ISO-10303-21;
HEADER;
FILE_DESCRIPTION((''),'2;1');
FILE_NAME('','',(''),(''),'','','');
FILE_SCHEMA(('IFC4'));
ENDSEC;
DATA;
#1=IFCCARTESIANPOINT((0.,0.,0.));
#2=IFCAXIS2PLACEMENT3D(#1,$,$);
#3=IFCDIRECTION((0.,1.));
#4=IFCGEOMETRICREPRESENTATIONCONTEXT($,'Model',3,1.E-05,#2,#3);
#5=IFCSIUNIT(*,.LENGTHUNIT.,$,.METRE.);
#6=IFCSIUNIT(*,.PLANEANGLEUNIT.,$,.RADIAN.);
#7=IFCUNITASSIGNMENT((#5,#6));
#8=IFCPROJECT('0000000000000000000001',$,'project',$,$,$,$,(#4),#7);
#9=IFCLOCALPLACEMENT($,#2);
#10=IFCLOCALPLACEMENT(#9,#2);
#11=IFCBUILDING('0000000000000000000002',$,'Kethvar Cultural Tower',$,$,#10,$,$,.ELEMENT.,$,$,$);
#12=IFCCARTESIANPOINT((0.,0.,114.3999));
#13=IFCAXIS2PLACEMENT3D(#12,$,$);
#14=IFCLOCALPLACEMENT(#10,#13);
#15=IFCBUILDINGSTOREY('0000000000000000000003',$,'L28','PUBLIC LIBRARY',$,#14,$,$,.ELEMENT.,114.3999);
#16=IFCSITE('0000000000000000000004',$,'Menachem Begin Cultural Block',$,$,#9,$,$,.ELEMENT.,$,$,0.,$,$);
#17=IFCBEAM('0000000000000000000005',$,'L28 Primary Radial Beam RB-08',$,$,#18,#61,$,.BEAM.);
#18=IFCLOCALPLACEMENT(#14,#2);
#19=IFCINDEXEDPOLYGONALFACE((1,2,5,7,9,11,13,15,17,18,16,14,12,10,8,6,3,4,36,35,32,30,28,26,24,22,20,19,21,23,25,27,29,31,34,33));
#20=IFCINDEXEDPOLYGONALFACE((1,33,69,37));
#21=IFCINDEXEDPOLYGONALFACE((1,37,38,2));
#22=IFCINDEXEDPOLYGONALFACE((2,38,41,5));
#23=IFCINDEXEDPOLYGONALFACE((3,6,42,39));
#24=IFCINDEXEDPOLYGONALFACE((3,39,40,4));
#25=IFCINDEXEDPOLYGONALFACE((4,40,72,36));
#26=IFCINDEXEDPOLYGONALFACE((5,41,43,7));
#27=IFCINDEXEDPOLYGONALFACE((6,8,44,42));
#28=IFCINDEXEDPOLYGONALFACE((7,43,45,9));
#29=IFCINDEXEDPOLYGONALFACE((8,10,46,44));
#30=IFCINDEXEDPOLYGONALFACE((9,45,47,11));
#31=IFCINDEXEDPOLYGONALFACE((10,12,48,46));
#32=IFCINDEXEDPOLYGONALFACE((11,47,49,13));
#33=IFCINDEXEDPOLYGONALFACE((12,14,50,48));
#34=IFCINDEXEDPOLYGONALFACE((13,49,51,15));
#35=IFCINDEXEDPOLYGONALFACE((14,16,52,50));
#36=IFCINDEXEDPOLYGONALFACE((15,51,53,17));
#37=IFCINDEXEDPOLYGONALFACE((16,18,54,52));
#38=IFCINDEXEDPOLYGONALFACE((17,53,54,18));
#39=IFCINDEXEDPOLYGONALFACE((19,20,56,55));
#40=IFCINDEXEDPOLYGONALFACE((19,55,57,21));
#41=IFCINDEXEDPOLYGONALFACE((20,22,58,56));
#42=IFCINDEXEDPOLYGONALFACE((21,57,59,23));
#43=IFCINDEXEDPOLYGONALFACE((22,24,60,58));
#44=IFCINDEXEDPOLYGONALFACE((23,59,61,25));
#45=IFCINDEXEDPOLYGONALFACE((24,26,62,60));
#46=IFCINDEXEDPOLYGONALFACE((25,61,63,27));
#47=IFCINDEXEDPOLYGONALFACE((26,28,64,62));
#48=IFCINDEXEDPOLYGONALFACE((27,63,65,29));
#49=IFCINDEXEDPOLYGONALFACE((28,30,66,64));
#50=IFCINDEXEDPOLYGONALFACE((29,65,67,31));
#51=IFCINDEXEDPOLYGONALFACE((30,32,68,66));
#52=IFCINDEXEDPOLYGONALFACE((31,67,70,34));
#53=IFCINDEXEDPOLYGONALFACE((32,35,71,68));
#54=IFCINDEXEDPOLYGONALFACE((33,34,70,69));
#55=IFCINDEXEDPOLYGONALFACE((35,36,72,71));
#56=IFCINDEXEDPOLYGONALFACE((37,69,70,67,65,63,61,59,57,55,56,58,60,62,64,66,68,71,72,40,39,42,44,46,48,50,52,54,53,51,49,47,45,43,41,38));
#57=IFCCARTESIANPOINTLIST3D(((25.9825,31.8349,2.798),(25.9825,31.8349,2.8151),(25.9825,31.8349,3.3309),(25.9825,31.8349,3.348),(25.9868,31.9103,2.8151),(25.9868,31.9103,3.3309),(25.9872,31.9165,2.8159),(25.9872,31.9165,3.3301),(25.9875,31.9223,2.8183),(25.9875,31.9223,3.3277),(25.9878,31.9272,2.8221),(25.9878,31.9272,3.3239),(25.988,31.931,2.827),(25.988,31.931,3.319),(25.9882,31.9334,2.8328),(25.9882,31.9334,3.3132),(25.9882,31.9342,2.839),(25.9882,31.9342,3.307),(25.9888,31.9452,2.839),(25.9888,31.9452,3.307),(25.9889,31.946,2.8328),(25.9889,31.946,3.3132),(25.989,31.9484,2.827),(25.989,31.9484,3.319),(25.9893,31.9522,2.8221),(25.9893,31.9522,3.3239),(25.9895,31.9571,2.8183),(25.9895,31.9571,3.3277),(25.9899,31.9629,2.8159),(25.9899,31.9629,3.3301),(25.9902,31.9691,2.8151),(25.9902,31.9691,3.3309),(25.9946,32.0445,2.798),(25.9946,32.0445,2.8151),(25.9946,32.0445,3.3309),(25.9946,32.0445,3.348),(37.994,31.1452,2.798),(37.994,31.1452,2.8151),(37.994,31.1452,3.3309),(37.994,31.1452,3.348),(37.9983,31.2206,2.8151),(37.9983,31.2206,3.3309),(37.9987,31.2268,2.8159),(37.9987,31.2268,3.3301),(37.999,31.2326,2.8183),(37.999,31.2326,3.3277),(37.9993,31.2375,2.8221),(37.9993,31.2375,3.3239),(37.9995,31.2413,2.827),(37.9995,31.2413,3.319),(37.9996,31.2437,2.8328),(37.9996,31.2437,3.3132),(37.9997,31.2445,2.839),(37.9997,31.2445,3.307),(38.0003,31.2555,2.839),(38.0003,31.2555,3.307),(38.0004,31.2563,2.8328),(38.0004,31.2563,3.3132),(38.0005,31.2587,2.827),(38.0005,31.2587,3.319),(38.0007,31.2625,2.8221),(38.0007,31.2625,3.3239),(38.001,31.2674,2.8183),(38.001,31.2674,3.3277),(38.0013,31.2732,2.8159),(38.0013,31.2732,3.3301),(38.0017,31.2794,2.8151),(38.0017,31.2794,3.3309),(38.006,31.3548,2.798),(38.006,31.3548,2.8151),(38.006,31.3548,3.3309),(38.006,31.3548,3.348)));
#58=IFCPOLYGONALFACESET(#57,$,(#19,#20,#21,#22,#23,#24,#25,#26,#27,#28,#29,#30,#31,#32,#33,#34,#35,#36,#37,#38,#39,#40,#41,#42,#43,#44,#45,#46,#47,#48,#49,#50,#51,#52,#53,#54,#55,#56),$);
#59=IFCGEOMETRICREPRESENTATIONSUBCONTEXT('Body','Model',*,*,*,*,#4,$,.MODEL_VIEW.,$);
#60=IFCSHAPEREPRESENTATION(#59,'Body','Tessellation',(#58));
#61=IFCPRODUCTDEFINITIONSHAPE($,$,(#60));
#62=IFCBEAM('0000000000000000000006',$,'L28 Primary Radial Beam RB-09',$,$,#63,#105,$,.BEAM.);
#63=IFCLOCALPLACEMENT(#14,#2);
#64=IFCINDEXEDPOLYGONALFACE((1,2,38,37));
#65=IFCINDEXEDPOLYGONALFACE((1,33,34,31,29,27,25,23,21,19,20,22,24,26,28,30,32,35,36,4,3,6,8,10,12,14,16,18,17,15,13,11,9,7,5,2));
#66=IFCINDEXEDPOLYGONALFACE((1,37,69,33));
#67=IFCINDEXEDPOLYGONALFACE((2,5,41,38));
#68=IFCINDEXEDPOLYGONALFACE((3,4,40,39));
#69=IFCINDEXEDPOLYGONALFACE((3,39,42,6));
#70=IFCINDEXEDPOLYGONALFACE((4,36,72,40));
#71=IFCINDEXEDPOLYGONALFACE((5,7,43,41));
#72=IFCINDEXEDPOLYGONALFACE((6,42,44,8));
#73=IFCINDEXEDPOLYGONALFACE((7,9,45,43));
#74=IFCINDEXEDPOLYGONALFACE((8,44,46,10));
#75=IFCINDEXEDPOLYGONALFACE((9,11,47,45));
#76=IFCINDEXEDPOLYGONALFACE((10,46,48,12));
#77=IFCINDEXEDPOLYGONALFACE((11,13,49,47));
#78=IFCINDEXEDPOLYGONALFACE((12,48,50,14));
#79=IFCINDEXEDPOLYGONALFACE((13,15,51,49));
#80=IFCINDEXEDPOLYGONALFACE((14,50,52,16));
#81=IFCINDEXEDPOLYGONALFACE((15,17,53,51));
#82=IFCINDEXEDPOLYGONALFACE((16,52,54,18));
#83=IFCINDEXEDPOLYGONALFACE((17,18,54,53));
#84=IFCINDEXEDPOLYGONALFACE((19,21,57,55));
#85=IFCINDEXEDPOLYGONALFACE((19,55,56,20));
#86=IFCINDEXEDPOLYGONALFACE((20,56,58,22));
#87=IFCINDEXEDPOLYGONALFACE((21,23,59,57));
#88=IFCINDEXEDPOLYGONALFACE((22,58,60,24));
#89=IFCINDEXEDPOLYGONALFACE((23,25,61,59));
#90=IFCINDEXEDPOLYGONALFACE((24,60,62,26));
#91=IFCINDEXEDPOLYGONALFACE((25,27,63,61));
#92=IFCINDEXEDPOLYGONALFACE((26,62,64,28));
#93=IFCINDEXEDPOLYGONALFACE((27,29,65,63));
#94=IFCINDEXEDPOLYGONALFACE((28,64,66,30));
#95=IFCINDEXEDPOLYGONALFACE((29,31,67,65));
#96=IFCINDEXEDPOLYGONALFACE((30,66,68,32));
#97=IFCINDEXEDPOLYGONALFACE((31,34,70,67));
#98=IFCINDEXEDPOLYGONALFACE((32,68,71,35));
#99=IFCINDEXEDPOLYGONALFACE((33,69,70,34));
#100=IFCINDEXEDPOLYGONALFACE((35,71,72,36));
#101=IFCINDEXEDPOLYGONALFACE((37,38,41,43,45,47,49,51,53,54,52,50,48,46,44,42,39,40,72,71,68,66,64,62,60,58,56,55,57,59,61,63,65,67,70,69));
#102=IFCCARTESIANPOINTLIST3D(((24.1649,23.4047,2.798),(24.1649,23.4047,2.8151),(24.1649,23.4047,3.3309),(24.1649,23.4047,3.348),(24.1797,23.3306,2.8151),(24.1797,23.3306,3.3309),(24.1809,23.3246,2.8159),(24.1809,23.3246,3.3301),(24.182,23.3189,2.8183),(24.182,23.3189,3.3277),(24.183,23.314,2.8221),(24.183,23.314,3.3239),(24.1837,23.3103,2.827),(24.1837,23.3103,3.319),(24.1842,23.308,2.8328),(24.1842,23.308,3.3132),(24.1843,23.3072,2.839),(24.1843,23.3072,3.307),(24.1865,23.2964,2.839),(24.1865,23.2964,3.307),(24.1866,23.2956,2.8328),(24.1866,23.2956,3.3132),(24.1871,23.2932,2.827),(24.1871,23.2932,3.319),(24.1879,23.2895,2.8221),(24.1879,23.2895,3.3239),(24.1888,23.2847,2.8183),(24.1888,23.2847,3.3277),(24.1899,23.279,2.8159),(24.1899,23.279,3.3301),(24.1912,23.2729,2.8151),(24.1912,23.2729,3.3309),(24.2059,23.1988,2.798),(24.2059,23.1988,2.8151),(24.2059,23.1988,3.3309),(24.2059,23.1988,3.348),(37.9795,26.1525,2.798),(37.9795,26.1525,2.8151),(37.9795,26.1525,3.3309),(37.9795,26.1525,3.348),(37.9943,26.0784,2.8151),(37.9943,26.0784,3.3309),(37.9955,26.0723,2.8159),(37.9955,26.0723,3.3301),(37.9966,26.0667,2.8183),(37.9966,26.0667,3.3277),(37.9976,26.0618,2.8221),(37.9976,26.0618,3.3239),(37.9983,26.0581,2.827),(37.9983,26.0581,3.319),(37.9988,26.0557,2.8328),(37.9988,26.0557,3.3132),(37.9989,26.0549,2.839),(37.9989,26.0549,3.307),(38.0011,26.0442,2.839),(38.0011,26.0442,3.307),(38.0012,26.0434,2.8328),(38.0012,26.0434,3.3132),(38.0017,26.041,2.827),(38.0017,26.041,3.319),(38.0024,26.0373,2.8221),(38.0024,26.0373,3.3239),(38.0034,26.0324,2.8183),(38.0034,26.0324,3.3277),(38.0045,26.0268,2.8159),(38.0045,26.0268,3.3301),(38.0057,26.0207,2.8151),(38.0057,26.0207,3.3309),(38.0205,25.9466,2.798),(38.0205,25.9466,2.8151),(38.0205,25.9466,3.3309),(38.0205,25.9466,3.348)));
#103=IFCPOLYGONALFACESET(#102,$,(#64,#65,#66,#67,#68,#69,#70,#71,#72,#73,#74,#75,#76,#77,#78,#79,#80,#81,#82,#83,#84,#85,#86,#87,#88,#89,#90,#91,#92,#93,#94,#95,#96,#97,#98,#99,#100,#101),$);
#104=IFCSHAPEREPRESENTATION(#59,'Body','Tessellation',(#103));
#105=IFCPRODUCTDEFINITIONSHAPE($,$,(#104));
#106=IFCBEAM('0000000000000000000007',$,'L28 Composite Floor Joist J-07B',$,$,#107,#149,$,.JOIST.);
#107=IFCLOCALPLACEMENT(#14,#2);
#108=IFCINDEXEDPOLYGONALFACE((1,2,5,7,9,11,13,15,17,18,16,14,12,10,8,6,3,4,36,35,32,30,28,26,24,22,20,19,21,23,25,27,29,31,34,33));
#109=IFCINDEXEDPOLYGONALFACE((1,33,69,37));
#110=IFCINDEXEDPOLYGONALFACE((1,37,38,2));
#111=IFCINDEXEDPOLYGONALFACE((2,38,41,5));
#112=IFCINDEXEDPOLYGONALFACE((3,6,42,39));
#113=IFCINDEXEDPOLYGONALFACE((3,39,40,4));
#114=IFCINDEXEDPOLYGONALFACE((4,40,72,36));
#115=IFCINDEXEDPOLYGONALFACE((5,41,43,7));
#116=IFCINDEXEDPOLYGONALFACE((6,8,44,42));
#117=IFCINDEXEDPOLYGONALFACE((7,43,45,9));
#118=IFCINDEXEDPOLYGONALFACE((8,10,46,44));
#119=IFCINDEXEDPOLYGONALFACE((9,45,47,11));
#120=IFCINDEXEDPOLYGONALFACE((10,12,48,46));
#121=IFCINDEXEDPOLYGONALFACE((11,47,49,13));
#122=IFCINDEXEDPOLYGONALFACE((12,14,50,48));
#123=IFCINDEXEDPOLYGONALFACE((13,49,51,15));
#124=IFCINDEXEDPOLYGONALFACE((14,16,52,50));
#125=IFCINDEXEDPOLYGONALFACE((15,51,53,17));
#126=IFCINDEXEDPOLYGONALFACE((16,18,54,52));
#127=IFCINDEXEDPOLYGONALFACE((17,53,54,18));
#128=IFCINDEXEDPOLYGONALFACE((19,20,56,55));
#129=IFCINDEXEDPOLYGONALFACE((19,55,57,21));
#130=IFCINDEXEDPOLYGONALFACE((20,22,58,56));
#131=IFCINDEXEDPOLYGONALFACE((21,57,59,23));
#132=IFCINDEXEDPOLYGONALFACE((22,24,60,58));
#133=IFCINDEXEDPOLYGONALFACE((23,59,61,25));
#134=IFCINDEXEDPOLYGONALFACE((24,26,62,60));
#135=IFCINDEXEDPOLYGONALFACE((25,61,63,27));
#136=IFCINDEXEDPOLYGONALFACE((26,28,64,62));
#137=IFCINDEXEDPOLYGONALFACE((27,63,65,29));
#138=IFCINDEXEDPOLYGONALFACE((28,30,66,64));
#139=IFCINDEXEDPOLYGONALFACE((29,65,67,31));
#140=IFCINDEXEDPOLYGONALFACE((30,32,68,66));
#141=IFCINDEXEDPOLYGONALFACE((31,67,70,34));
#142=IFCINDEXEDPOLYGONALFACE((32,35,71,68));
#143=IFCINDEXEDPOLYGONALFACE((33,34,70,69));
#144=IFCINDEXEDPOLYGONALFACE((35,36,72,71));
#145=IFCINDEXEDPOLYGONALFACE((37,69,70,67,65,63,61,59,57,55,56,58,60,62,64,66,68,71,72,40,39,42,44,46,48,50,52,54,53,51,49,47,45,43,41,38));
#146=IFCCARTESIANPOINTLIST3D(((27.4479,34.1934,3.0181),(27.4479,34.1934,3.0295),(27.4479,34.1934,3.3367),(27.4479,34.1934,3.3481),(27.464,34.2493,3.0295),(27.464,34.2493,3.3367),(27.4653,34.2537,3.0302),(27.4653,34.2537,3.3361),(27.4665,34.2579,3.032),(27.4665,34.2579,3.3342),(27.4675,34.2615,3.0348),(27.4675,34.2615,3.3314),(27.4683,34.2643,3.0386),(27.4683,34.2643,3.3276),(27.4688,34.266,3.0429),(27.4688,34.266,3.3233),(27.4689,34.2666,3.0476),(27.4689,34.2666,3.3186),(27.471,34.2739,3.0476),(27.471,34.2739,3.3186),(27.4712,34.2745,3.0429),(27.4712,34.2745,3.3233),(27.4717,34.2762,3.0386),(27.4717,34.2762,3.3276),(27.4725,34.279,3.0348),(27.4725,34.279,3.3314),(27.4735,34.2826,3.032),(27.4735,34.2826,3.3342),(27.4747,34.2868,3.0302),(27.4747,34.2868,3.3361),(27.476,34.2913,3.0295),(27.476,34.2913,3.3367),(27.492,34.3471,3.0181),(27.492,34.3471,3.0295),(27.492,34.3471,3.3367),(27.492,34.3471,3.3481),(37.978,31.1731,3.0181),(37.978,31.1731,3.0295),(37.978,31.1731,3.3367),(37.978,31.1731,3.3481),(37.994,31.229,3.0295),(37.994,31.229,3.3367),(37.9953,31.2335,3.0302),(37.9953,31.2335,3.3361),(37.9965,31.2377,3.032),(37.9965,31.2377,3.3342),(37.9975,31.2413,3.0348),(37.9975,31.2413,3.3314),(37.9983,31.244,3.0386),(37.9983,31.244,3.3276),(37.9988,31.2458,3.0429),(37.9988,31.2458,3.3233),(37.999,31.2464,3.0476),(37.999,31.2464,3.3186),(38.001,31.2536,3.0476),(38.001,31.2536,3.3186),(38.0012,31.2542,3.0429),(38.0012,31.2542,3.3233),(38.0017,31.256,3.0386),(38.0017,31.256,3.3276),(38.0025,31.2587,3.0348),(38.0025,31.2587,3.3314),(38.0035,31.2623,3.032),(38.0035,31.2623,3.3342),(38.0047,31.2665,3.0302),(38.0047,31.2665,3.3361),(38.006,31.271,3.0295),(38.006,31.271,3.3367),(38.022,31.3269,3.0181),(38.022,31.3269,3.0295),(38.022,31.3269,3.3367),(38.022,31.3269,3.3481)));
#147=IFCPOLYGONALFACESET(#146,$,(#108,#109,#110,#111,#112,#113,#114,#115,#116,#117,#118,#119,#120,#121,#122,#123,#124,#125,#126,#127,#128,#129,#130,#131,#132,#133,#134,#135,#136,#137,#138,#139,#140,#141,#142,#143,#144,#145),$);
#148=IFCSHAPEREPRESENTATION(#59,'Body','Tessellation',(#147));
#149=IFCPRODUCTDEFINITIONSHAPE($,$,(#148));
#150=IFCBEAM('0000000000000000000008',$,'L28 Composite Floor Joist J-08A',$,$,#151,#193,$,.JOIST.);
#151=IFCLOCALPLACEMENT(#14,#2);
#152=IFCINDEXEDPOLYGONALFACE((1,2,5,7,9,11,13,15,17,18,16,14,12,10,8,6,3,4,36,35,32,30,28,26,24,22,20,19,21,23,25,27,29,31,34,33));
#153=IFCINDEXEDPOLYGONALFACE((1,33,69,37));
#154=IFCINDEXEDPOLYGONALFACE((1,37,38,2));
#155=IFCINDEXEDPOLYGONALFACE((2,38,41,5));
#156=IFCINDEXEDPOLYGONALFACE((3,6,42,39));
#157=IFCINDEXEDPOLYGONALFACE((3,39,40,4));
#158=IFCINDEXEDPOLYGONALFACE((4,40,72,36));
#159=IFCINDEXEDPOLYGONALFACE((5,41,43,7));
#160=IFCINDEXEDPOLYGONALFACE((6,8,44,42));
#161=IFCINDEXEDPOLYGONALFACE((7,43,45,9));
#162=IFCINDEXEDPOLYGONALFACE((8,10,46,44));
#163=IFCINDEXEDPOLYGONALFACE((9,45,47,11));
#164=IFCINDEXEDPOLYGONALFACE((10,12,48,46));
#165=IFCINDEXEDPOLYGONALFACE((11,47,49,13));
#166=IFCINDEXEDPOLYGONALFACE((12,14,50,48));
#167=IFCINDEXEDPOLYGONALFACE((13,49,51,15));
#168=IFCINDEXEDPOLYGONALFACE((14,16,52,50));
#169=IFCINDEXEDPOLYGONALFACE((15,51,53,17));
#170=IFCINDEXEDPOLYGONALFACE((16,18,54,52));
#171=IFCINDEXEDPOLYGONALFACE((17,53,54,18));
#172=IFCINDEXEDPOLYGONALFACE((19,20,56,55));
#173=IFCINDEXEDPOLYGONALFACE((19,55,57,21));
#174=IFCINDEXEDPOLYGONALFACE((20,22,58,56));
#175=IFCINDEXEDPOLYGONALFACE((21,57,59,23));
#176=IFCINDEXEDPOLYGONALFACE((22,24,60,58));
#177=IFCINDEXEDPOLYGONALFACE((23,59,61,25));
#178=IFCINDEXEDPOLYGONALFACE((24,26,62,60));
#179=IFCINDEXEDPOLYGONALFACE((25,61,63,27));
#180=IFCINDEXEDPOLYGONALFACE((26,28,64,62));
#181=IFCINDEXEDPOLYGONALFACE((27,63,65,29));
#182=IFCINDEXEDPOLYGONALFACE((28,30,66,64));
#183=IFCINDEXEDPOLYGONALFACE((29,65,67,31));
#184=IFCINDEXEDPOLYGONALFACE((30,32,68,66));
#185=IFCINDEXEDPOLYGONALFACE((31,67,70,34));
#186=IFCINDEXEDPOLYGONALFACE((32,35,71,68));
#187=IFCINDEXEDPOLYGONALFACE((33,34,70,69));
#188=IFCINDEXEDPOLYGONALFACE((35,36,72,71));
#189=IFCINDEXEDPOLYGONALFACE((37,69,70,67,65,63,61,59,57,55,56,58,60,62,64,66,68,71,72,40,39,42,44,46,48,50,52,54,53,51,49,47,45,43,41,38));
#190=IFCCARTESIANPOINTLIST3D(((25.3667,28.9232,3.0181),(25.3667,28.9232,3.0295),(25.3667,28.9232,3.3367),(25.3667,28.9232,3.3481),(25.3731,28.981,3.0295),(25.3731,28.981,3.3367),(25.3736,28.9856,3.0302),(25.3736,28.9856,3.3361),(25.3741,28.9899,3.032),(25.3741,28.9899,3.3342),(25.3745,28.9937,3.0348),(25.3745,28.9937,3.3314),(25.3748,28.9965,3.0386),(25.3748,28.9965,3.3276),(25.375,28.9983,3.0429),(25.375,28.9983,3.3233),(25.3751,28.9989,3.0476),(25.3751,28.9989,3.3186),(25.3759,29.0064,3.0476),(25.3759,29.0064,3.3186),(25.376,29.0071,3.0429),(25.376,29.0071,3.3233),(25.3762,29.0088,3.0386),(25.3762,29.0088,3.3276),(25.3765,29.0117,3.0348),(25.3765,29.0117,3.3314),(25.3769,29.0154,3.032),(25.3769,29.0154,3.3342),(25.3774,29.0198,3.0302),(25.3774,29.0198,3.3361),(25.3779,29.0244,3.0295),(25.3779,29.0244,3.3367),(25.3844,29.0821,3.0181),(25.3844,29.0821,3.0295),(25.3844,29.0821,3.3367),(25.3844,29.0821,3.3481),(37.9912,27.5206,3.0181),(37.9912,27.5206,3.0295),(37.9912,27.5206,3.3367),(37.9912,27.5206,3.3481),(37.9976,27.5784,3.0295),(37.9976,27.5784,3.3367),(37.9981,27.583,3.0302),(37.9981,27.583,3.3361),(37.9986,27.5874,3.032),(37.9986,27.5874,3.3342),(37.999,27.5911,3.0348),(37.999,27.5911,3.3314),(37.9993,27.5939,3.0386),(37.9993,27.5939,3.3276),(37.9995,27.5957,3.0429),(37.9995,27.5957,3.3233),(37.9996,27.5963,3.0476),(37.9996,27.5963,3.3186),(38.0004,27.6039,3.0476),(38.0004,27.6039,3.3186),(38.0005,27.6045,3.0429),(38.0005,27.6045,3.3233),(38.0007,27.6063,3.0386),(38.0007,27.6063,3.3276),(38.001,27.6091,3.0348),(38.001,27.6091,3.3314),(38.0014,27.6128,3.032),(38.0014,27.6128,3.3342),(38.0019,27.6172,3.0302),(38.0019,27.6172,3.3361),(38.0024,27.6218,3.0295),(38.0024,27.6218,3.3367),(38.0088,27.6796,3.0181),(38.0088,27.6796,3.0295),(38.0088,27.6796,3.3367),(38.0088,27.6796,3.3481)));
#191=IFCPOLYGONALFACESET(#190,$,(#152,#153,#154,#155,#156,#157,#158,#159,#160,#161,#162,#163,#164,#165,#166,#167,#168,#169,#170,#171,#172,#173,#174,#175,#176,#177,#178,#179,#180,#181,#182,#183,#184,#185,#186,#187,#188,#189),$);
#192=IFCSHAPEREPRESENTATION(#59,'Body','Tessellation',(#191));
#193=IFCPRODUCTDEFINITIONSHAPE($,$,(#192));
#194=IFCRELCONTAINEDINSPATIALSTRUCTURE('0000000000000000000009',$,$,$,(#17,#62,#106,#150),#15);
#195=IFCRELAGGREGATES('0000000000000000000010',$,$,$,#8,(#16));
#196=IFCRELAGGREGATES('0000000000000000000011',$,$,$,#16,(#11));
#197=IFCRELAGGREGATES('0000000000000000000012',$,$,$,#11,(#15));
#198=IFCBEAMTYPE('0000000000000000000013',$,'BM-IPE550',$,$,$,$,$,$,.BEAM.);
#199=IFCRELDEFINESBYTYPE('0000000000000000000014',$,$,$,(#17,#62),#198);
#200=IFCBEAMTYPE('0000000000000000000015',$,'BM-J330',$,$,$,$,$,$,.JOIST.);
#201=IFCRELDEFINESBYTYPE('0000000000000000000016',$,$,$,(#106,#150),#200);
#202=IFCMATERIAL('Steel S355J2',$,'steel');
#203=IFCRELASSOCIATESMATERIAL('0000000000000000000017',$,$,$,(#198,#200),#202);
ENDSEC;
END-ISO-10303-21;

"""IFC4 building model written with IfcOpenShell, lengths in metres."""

from ifc_helpers import new_model, si_unit, direction, frame, origin, origin_2d, place, context, subcontext, project, spatial, i_section, extrude, source, transform, mapped, material, material_profile, profile_set, type_object, element, save


model = new_model("IFC4")

# Units and contexts
model_context = context("Model", 3, precision=1e-05, world=origin(), true_north=direction((0.0, 1.0)))
body_context = subcontext(model_context, "Body", "Model", "MODEL_VIEW")
ifc_project = project(units=[si_unit("LENGTHUNIT", "METRE"), si_unit("PLANEANGLEUNIT", "RADIAN")], contexts=[model_context])

# Site, building, storey
site_placement = place(None, origin())
site = spatial("IfcSite", under=ifc_project, at=site_placement, Name="Menachem Begin Cultural Block", CompositionType="ELEMENT", RefElevation=0.0)
building_placement = place(site_placement, origin())
building = spatial("IfcBuilding", under=site, at=building_placement, Name="Kethvar Cultural Tower", CompositionType="ELEMENT")
storey_placement = place(building_placement, frame((0.0, 0.0, 114.3999)))
storey = spatial("IfcBuildingStorey", under=building, at=storey_placement, Name="L28", Description="PUBLIC LIBRARY", CompositionType="ELEMENT", Elevation=114.3999)

# Beams
ifc_material_1 = material(Name="Steel S355J2", Category="steel")
ifc_material_profile_1 = material_profile(ifc_material_1, i_section(OverallWidth=0.21, OverallDepth=0.55, WebThickness=0.011, FlangeThickness=0.0171, FilletRadius=0.0239, at=origin_2d()), Name="Steel S355J2 — IPE550")
ifc_profile_set_1 = profile_set([ifc_material_profile_1], Name="Steel S355J2 — IPE550")
beam_type_1 = type_object("IfcBeamType", Name="BM-IPE550", PredefinedType="BEAM", material=ifc_profile_set_1)
shared_shape_1 = source(origin(), body_context, "Body", "SweptSolid", [
    extrude(i_section(OverallWidth=0.21, OverallDepth=0.55, WebThickness=0.011, FlangeThickness=0.0171, FilletRadius=0.0239, at=origin_2d()), origin(), (0.0, 0.0, 1.0), 12.0312),
])
beam_1_placement = place(storey_placement, frame((38.0, 31.25, 3.073), z_axis=(-0.998356, 0.057325, 0.0), x_axis=(-0.057325, -0.998356, 0.0)))
element("IfcBeam", 1, at=beam_1_placement, inside=storey, type_object=beam_type_1, Name="L28 Primary Radial Beam RB-08", PredefinedType="BEAM", context=body_context, shape_type="MappedRepresentation", body=[
    mapped(shared_shape_1, transform((0.0, 0.0, 0.0), scale=1.0)),
])
shared_shape_2 = source(origin(), body_context, "Body", "SweptSolid", [
    extrude(i_section(OverallWidth=0.21, OverallDepth=0.55, WebThickness=0.011, FlangeThickness=0.0171, FilletRadius=0.0239, at=origin_2d()), origin(), (0.0, 0.0, 1.0), 14.0852),
])
beam_2_placement = place(storey_placement, frame((38.0, 26.0496, 3.073), z_axis=(-0.980787, -0.195083, 0.0), x_axis=(0.195083, -0.980787, 0.0)))
element("IfcBeam", 2, at=beam_2_placement, inside=storey, type_object=beam_type_1, Name="L28 Primary Radial Beam RB-09", PredefinedType="BEAM", context=body_context, shape_type="MappedRepresentation", body=[
    mapped(shared_shape_2, transform((0.0, 0.0, 0.0), scale=1.0)),
])
ifc_material_profile_2 = material_profile(ifc_material_1, i_section(OverallWidth=0.1599, OverallDepth=0.3301, WebThickness=0.0076, FlangeThickness=0.0115, FilletRadius=0.0181, at=origin_2d()), Name="Steel S355J2 — IPE330")
ifc_profile_set_2 = profile_set([ifc_material_profile_2], Name="Steel S355J2 — IPE330")
beam_type_2 = type_object("IfcBeamType", Name="BM-J330", PredefinedType="JOIST", material=ifc_profile_set_2)
shared_shape_3 = source(origin(), body_context, "Body", "SweptSolid", [
    extrude(i_section(OverallWidth=0.1599, OverallDepth=0.3301, WebThickness=0.0076, FlangeThickness=0.0115, FilletRadius=0.0181, at=origin_2d()), origin(), (0.0, 0.0, 1.0), 10.9546),
])
beam_3_placement = place(storey_placement, frame((38.0, 31.25, 3.1831), z_axis=(-0.961242, 0.275707, 0.0), x_axis=(-0.275707, -0.961242, 0.0)))
element("IfcBeam", 3, at=beam_3_placement, inside=storey, type_object=beam_type_2, Name="L28 Composite Floor Joist J-07B", PredefinedType="JOIST", context=body_context, shape_type="MappedRepresentation", body=[
    mapped(shared_shape_3, transform((0.0, 0.0, 0.0), scale=1.0)),
])
shared_shape_4 = source(origin(), body_context, "Body", "SweptSolid", [
    extrude(i_section(OverallWidth=0.1599, OverallDepth=0.3301, WebThickness=0.0076, FlangeThickness=0.0115, FilletRadius=0.0181, at=origin_2d()), origin(), (0.0, 0.0, 1.0), 12.7021),
])
beam_4_placement = place(storey_placement, frame((38.0, 27.6001, 3.1831), z_axis=(-0.993885, 0.110421, 0.0), x_axis=(-0.110421, -0.993885, 0.0)))
element("IfcBeam", 4, at=beam_4_placement, inside=storey, type_object=beam_type_2, Name="L28 Composite Floor Joist J-08A", PredefinedType="JOIST", context=body_context, shape_type="MappedRepresentation", body=[
    mapped(shared_shape_4, transform((0.0, 0.0, 0.0), scale=1.0)),
])

save(model, "model.ifc")
